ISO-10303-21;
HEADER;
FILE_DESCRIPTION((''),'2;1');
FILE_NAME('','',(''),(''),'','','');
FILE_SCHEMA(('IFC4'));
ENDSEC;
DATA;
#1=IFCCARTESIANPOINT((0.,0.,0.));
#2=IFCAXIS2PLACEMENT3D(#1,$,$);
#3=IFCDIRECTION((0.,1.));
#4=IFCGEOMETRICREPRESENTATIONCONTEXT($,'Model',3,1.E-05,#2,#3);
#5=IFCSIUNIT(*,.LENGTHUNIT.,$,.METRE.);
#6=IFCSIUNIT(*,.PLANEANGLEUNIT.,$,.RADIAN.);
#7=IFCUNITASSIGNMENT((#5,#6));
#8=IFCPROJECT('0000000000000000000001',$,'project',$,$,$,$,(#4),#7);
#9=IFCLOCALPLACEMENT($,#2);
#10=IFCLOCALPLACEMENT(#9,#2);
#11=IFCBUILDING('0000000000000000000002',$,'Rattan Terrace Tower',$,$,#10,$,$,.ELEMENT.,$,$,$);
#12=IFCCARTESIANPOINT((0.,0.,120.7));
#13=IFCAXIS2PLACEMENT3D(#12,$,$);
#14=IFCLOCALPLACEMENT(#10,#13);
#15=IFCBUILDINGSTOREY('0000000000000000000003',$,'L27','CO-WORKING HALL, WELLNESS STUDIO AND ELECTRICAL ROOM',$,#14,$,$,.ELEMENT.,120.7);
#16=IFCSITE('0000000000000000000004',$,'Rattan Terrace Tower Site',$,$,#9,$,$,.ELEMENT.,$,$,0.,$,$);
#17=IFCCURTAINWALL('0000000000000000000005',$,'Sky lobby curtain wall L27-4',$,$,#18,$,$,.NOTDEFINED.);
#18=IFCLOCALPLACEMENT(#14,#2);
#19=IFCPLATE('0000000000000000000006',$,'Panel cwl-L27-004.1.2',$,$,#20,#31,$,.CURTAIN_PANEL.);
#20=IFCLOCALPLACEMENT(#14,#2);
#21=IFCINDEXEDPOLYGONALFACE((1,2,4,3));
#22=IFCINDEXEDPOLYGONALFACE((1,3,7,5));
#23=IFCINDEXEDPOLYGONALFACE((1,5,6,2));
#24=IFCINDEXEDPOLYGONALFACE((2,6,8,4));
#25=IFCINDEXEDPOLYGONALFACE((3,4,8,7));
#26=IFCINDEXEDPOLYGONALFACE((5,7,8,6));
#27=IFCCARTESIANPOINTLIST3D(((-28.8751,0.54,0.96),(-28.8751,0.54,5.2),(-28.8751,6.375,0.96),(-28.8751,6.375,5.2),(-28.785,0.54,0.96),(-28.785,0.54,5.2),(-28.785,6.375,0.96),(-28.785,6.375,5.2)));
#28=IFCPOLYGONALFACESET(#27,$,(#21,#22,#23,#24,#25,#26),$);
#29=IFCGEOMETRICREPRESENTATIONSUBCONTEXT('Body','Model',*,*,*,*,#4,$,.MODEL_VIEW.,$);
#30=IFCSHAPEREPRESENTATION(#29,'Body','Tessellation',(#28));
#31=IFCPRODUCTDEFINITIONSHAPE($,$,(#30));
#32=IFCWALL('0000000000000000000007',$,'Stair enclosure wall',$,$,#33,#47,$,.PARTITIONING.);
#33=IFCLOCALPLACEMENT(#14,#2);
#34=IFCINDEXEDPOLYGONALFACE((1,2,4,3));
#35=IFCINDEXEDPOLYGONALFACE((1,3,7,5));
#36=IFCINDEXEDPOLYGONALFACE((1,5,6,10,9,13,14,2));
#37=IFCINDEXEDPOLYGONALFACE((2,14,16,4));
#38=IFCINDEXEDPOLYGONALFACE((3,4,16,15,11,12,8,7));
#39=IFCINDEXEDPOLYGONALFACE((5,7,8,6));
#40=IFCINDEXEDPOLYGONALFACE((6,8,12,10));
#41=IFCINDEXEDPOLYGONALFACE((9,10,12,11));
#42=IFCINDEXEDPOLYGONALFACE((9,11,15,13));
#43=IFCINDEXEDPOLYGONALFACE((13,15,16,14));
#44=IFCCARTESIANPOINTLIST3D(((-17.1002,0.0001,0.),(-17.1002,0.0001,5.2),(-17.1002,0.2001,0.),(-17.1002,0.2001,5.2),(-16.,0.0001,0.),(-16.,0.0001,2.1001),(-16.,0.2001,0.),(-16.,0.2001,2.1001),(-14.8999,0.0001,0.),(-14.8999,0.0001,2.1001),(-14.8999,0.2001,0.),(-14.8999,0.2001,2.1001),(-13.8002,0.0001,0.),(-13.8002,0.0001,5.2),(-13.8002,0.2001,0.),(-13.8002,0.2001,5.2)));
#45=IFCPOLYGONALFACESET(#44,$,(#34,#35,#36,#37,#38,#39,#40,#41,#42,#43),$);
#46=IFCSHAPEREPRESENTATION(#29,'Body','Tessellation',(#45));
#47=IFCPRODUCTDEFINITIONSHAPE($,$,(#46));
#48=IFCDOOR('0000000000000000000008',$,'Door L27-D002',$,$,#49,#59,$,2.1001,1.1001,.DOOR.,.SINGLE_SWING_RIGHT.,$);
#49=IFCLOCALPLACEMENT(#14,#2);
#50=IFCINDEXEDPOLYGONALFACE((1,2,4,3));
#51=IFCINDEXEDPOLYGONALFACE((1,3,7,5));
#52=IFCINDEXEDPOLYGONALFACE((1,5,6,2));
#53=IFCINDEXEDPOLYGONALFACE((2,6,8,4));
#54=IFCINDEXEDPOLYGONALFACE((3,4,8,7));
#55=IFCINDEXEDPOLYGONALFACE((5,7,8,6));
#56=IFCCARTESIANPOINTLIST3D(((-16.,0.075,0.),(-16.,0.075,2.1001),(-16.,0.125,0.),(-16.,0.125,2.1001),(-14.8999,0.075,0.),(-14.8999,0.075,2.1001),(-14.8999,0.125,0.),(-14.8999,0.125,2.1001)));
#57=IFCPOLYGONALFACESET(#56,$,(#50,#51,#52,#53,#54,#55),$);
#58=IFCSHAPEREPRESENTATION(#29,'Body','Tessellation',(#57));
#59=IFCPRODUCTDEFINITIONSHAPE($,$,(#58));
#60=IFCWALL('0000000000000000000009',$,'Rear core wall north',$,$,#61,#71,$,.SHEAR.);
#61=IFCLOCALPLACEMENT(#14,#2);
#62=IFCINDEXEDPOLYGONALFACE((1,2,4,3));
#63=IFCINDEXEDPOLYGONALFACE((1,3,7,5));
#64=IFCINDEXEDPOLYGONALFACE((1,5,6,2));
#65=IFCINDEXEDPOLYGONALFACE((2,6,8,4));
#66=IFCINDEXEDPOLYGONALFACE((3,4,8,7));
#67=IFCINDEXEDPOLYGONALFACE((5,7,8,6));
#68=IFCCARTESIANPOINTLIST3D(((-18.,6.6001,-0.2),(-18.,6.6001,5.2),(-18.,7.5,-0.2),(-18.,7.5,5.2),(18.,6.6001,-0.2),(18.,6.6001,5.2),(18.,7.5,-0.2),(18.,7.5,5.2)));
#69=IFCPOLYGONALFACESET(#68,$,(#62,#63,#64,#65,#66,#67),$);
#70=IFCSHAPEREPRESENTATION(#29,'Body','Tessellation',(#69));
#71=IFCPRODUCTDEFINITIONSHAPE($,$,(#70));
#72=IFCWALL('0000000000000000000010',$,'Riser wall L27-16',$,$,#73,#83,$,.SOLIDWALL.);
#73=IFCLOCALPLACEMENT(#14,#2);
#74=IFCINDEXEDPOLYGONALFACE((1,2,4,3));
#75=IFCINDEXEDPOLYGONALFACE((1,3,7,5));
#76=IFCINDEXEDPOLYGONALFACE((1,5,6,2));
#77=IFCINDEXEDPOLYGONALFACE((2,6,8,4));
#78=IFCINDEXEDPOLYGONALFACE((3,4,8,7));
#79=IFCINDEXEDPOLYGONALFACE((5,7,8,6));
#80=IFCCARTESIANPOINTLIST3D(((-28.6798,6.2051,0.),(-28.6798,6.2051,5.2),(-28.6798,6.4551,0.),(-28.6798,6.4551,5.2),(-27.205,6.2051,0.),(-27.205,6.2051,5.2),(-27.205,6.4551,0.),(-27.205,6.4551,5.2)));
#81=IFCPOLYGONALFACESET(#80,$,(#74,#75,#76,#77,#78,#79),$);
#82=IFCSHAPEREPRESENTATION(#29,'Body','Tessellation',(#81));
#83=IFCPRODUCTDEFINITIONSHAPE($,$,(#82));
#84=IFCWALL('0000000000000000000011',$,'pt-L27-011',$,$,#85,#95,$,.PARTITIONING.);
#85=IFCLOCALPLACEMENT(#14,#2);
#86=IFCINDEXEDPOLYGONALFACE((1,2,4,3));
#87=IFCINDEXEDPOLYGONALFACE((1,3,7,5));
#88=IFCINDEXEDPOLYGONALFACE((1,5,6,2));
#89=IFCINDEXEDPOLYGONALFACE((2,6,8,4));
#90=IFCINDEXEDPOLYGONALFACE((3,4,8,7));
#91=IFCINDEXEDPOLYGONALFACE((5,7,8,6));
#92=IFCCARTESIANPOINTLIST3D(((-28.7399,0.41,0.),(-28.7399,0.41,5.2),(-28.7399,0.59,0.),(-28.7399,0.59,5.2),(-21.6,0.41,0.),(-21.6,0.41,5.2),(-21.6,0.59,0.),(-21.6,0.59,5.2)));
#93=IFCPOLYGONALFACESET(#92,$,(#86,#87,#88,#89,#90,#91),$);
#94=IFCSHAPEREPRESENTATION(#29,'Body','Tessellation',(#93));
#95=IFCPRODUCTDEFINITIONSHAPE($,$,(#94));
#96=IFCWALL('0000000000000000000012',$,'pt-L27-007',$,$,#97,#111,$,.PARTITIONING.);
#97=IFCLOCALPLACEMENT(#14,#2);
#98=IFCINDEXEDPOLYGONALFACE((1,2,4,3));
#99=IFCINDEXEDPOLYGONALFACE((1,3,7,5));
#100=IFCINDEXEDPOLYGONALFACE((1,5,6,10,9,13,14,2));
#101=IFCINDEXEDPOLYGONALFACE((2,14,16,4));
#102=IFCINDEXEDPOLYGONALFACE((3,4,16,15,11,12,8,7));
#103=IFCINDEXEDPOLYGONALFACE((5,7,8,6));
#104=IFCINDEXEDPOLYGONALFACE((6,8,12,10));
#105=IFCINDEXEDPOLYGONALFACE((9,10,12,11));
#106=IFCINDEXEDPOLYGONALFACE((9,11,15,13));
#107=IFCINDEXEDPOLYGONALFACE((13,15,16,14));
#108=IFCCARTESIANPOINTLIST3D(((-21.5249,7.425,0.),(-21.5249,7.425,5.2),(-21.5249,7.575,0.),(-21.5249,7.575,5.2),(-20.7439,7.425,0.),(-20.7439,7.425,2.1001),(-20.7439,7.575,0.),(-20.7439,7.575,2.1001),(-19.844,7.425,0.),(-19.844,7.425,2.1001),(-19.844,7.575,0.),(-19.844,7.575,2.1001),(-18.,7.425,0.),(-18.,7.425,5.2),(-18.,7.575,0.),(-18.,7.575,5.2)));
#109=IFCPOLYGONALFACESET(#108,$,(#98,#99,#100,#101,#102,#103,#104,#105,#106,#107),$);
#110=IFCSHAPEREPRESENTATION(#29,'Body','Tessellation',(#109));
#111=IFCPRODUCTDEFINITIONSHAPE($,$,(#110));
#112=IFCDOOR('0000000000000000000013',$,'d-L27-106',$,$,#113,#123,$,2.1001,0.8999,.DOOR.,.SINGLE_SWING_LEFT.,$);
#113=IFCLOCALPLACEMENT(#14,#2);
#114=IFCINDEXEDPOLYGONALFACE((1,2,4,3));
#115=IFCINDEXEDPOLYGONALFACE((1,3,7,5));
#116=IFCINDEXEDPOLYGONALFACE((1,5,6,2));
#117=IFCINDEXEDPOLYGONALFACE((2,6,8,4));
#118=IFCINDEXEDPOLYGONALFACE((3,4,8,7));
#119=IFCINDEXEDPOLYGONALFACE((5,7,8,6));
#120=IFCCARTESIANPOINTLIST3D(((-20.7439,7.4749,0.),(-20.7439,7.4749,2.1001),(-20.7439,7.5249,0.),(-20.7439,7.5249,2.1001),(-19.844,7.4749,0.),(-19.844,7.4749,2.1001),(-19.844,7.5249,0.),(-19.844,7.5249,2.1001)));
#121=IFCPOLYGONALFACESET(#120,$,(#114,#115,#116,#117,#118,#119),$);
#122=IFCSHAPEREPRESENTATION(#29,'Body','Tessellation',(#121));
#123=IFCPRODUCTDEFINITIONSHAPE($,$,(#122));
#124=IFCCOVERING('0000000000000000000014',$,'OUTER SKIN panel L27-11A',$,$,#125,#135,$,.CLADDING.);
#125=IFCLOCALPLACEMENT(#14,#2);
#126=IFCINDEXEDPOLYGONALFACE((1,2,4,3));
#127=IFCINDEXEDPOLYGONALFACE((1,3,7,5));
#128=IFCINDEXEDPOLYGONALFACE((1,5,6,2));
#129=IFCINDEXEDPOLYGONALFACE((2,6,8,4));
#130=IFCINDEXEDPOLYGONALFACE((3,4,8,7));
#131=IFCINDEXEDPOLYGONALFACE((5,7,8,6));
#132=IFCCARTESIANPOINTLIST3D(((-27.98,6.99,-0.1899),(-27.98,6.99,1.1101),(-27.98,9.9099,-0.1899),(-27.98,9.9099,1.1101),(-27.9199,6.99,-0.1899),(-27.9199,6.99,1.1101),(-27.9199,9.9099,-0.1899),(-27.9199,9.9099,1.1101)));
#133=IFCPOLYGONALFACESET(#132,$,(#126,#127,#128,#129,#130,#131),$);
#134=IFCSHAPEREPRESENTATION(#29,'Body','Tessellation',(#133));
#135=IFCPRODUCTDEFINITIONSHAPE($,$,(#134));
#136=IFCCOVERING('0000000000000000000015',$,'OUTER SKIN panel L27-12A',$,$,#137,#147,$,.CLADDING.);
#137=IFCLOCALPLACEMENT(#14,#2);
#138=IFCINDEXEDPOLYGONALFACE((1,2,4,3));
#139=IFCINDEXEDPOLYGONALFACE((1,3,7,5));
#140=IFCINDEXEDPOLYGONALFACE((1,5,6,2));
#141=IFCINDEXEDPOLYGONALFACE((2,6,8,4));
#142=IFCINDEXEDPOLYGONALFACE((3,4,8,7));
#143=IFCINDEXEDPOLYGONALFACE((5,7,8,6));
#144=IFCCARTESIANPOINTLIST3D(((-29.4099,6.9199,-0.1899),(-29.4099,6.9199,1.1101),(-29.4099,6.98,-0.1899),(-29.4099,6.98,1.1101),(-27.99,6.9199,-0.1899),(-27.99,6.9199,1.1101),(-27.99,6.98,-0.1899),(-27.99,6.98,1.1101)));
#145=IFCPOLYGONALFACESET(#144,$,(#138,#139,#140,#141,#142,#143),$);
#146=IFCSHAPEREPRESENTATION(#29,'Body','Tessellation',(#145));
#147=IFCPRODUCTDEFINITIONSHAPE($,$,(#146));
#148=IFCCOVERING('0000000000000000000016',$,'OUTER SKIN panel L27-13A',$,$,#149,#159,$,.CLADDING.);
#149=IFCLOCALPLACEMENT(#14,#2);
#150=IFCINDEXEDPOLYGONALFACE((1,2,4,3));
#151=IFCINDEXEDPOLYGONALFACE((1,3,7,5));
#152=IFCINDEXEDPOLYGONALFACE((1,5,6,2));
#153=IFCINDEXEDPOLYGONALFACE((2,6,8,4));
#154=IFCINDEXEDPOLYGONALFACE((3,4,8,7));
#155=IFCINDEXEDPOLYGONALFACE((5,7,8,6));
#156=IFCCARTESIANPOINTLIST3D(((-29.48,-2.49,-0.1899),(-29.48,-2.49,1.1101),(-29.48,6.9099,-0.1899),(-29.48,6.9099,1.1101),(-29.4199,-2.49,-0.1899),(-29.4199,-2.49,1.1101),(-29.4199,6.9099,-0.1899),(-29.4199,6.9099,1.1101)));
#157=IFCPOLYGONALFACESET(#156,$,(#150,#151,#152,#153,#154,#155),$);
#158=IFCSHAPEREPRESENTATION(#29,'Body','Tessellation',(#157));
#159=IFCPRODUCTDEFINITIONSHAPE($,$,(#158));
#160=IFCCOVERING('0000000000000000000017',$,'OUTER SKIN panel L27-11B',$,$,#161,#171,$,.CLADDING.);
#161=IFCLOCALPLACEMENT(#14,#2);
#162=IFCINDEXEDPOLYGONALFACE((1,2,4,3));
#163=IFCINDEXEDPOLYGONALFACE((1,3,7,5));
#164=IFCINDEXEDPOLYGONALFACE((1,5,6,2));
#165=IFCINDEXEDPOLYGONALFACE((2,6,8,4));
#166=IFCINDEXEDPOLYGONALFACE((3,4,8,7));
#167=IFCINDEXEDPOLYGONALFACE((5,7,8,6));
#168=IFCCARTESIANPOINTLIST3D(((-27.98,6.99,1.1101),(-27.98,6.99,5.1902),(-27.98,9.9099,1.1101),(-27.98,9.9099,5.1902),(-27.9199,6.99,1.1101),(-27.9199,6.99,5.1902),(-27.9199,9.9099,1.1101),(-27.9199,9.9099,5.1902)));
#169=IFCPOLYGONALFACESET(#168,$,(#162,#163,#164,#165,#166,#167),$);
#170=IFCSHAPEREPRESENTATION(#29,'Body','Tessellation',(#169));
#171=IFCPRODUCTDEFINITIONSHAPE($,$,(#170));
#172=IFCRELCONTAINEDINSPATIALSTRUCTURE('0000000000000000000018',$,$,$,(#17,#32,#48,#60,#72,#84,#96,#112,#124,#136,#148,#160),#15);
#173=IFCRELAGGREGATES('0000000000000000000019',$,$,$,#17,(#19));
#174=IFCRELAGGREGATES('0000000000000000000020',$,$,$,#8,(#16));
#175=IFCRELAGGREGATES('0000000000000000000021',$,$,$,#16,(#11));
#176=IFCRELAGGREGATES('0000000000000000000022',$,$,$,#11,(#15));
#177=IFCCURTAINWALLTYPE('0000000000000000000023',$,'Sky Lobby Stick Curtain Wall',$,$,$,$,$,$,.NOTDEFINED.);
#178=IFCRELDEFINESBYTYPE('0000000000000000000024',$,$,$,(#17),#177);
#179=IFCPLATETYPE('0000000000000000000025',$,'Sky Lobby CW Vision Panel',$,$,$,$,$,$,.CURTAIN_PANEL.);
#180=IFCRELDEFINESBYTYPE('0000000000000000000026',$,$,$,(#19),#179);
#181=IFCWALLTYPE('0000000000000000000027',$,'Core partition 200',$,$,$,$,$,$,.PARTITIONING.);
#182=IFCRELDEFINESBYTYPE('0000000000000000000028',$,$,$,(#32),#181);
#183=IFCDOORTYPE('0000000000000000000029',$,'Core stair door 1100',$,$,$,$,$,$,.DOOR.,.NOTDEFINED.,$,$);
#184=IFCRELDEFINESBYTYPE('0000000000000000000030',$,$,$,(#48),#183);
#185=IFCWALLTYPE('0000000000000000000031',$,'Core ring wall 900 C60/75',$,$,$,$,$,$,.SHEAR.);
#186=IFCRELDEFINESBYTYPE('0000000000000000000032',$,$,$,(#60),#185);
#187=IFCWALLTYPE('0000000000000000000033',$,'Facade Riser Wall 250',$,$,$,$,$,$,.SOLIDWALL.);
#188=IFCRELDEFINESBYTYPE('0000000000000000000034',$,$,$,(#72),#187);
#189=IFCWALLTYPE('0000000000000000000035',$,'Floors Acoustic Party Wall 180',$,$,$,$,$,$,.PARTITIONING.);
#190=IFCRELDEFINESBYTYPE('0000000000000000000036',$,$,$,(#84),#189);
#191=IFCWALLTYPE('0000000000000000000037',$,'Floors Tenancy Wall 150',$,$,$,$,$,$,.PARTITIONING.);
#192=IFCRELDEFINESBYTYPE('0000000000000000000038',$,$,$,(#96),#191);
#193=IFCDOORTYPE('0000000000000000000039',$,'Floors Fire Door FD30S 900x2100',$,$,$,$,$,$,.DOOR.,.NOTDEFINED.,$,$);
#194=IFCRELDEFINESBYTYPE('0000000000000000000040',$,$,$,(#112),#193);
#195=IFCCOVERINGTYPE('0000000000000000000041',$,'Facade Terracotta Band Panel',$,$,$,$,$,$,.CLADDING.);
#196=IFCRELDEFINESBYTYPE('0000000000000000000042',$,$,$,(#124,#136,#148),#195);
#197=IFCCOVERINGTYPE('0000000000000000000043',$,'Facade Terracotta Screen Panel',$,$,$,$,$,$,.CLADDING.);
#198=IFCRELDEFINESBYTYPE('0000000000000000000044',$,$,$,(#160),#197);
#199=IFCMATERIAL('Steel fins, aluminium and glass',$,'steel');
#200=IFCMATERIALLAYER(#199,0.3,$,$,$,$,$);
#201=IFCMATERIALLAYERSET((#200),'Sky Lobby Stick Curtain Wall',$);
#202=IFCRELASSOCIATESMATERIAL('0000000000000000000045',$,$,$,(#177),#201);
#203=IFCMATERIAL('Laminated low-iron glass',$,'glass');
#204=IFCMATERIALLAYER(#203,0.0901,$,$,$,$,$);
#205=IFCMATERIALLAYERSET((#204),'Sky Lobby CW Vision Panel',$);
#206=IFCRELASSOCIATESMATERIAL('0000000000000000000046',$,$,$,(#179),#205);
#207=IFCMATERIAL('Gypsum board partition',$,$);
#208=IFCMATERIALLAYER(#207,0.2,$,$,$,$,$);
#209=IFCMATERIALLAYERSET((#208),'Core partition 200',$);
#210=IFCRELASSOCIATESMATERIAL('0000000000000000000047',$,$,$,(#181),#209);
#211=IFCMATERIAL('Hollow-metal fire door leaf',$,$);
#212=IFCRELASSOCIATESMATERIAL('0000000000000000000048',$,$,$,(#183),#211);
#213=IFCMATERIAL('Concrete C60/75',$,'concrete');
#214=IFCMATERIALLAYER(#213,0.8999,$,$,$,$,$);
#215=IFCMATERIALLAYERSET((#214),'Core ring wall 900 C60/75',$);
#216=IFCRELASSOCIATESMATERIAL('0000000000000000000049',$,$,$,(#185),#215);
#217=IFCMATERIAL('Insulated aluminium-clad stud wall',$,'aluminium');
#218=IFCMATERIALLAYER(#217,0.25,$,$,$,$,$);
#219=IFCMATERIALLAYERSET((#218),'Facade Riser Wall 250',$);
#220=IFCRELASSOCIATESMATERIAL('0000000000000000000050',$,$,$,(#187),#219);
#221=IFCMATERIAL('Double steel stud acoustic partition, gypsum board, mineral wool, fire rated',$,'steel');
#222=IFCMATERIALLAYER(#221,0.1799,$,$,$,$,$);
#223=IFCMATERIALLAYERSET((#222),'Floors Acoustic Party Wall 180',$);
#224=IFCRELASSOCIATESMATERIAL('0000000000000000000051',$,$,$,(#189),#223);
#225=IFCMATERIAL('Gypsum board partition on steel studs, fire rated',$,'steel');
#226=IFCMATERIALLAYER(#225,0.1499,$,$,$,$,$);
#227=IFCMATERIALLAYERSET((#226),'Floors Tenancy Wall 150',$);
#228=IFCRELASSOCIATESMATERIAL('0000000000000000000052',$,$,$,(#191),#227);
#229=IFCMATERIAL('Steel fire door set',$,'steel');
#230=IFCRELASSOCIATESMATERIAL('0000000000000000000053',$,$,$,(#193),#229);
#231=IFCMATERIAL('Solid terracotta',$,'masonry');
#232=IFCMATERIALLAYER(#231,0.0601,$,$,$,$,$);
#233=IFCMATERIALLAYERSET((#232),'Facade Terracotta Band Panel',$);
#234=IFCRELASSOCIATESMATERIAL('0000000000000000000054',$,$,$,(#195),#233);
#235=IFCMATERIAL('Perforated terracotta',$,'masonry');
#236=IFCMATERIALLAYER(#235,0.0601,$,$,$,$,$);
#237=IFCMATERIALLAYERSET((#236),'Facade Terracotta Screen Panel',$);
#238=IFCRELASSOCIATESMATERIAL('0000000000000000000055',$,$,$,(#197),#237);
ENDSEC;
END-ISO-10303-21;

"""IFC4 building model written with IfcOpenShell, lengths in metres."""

from ifc_helpers import new_model, si_unit, direction, frame, frame_2d, origin, origin_2d, place, context, subcontext, project, spatial, rectangle, extrude, material, layer, layer_set, type_object, element, fill, aggregate, save


model = new_model("IFC4")

# Units and contexts
model_context = context("Model", 3, precision=1e-05, world=origin(), true_north=direction((0.0, 1.0)))
body_context = subcontext(model_context, "Body", "Model", "MODEL_VIEW")
ifc_project = project(units=[si_unit("LENGTHUNIT", "METRE"), si_unit("PLANEANGLEUNIT", "RADIAN")], contexts=[model_context])

# Site, building, storey
site_placement = place(None, origin())
site = spatial("IfcSite", under=ifc_project, at=site_placement, Name="Rattan Terrace Tower Site", CompositionType="ELEMENT", RefElevation=0.0)
building_placement = place(site_placement, origin())
building = spatial("IfcBuilding", under=site, at=building_placement, Name="Rattan Terrace Tower", CompositionType="ELEMENT")
storey_placement = place(building_placement, frame((0.0, 0.0, 120.7)))
storey = spatial("IfcBuildingStorey", under=building, at=storey_placement, Name="L27", Description="CO-WORKING HALL, WELLNESS STUDIO AND ELECTRICAL ROOM", CompositionType="ELEMENT", Elevation=120.7)

# Curtain wall, plate
ifc_material_1 = material(Name="Steel fins, aluminium and glass", Category="steel")
ifc_layer_1 = layer(ifc_material_1, 0.3)
ifc_layer_set_1 = layer_set([ifc_layer_1], Name="Sky Lobby Stick Curtain Wall")
curtain_wall_type = type_object("IfcCurtainWallType", Name="Sky Lobby Stick Curtain Wall", PredefinedType="NOTDEFINED", material=ifc_layer_set_1)
curtain_wall_placement = place(storey_placement, origin())
curtain_wall = element("IfcCurtainWall", 1, at=curtain_wall_placement, inside=storey, type_object=curtain_wall_type, Name="Sky lobby curtain wall L27-4", PredefinedType="NOTDEFINED")
ifc_material_2 = material(Name="Laminated low-iron glass", Category="glass")
ifc_layer_2 = layer(ifc_material_2, 0.0901)
ifc_layer_set_2 = layer_set([ifc_layer_2], Name="Sky Lobby CW Vision Panel")
plate_type_1 = type_object("IfcPlateType", Name="Sky Lobby CW Vision Panel", PredefinedType="CURTAIN_PANEL", material=ifc_layer_set_2)
plate_1_placement = place(storey_placement, frame((-28.8301, 3.4575, 0.96), z_axis=(0.0, 0.0, 1.0), x_axis=(0.0, -1.0, 0.0)))
plate_1 = element("IfcPlate", 2, at=plate_1_placement, type_object=plate_type_1, Name="Panel cwl-L27-004.1.2", PredefinedType="CURTAIN_PANEL", context=body_context, shape_type="SweptSolid", body=[
    extrude(rectangle(XDim=5.835, YDim=0.0901, at=origin_2d()), origin(), (0.0, 0.0, 1.0), 4.24),
])
aggregate(curtain_wall, [plate_1])

# Wall, opening, door
ifc_material_3 = material(Name="Gypsum board partition")
ifc_layer_3 = layer(ifc_material_3, 0.2)
ifc_layer_set_3 = layer_set([ifc_layer_3], Name="Core partition 200")
wall_type_1 = type_object("IfcWallType", Name="Core partition 200", PredefinedType="PARTITIONING", material=ifc_layer_set_3)
wall_1_placement = place(storey_placement, frame((-17.1001, 0.1001, 0.0), z_axis=(0.0, 0.0, 1.0), x_axis=(1.0, 0.0, 0.0)))
wall_1 = element("IfcWall", 3, at=wall_1_placement, inside=storey, type_object=wall_type_1, Name="Stair enclosure wall", PredefinedType="PARTITIONING", context=body_context, shape_type="SweptSolid", body=[
    extrude(rectangle(XDim=3.3, YDim=0.2, at=frame_2d((1.6499, 0.0))), origin(), (0.0, 0.0, 1.0), 5.2),
])
opening_1_placement = place(wall_1_placement, frame((1.1001, 0.0, 0.0)))
opening_1 = element("IfcOpeningElement", 4, at=opening_1_placement, cuts=wall_1, PredefinedType="OPENING", context=body_context, shape_type="SweptSolid", body=[
    extrude(rectangle(XDim=1.1001, YDim=2.1001, at=frame_2d((0.55, 1.05))), frame((0.0, 0.1106, 0.0), z_axis=(0.0, -1.0, 0.0), x_axis=(1.0, 0.0, 0.0)), (0.0, 0.0, 1.0), 0.2209),
])
ifc_material_4 = material(Name="Hollow-metal fire door leaf")
door_type_1 = type_object("IfcDoorType", Name="Core stair door 1100", OperationType="NOTDEFINED", PredefinedType="DOOR", material=ifc_material_4)
door_1_placement = place(opening_1_placement, origin())
door_1 = element("IfcDoor", 5, at=door_1_placement, inside=storey, type_object=door_type_1, Name="Door L27-D002", OperationType="SINGLE_SWING_RIGHT", OverallHeight=2.1001, OverallWidth=1.1001, PredefinedType="DOOR", context=body_context, shape_type="SweptSolid", body=[
    extrude(rectangle(XDim=1.1001, YDim=2.1001, at=frame_2d((0.55, 1.05))), frame((0.0, 0.0249, 0.0), z_axis=(0.0, -1.0, 0.0), x_axis=(1.0, 0.0, 0.0)), (0.0, 0.0, 1.0), 0.05),
])
fill(opening_1, door_1)

# Walls
ifc_material_5 = material(Name="Concrete C60/75", Category="concrete")
ifc_layer_4 = layer(ifc_material_5, 0.8999)
ifc_layer_set_4 = layer_set([ifc_layer_4], Name="Core ring wall 900 C60/75")
wall_type_2 = type_object("IfcWallType", Name="Core ring wall 900 C60/75", PredefinedType="SHEAR", material=ifc_layer_set_4)
wall_2_placement = place(storey_placement, frame((-18.0, 7.05, -0.2), z_axis=(0.0, 0.0, 1.0), x_axis=(1.0, 0.0, 0.0)))
element("IfcWall", 6, at=wall_2_placement, inside=storey, type_object=wall_type_2, Name="Rear core wall north", PredefinedType="SHEAR", context=body_context, shape_type="SweptSolid", body=[
    extrude(rectangle(XDim=36.0, YDim=0.8999, at=frame_2d((18.0, 0.0))), origin(), (0.0, 0.0, 1.0), 5.3999),
])
ifc_material_6 = material(Name="Insulated aluminium-clad stud wall", Category="aluminium")
ifc_layer_5 = layer(ifc_material_6, 0.25)
ifc_layer_set_5 = layer_set([ifc_layer_5], Name="Facade Riser Wall 250")
wall_type_3 = type_object("IfcWallType", Name="Facade Riser Wall 250", PredefinedType="SOLIDWALL", material=ifc_layer_set_5)
wall_3_placement = place(storey_placement, frame((-27.2051, 6.3301, 0.0), z_axis=(0.0, 0.0, 1.0), x_axis=(-1.0, 0.0, 0.0)))
element("IfcWall", 7, at=wall_3_placement, inside=storey, type_object=wall_type_3, Name="Riser wall L27-16", PredefinedType="SOLIDWALL", context=body_context, shape_type="SweptSolid", body=[
    extrude(rectangle(XDim=1.4749, YDim=0.25, at=frame_2d((0.7373, 0.0))), origin(), (0.0, 0.0, 1.0), 5.2),
])
ifc_material_7 = material(Name="Double steel stud acoustic partition, gypsum board, mineral wool, fire rated", Category="steel")
ifc_layer_6 = layer(ifc_material_7, 0.1799)
ifc_layer_set_6 = layer_set([ifc_layer_6], Name="Floors Acoustic Party Wall 180")
wall_type_4 = type_object("IfcWallType", Name="Floors Acoustic Party Wall 180", PredefinedType="PARTITIONING", material=ifc_layer_set_6)
wall_4_placement = place(storey_placement, frame((-21.6001, 0.5, 0.0), z_axis=(0.0, 0.0, 1.0), x_axis=(-1.0, 0.0, 0.0)))
element("IfcWall", 8, at=wall_4_placement, inside=storey, type_object=wall_type_4, Name="pt-L27-011", PredefinedType="PARTITIONING", context=body_context, shape_type="SweptSolid", body=[
    extrude(rectangle(XDim=7.1399, YDim=0.1799, at=frame_2d((3.5698, 0.0))), origin(), (0.0, 0.0, 1.0), 5.2),
])

# Shared definitions
ifc_material_8 = material(Name="Gypsum board partition on steel studs, fire rated", Category="steel")
ifc_layer_7 = layer(ifc_material_8, 0.1499)
ifc_layer_set_7 = layer_set([ifc_layer_7], Name="Floors Tenancy Wall 150")
wall_type_5 = type_object("IfcWallType", Name="Floors Tenancy Wall 150", PredefinedType="PARTITIONING", material=ifc_layer_set_7)
ifc_material_9 = material(Name="Steel fire door set", Category="steel")
door_type_2 = type_object("IfcDoorType", Name="Floors Fire Door FD30S 900x2100", OperationType="NOTDEFINED", PredefinedType="DOOR", material=ifc_material_9)

# Wall, opening, door
wall_5_placement = place(storey_placement, frame((-21.5249, 7.5, 0.0), z_axis=(0.0, 0.0, 1.0), x_axis=(1.0, 0.0, 0.0)))
wall_5 = element("IfcWall", 9, at=wall_5_placement, inside=storey, type_object=wall_type_5, Name="pt-L27-007", PredefinedType="PARTITIONING", context=body_context, shape_type="SweptSolid", body=[
    extrude(rectangle(XDim=3.5249, YDim=0.1499, at=frame_2d((1.7625, 0.0))), origin(), (0.0, 0.0, 1.0), 5.2),
])
opening_2_placement = place(wall_5_placement, frame((0.781, 0.0, 0.0)))
opening_2 = element("IfcOpeningElement", 10, at=opening_2_placement, cuts=wall_5, PredefinedType="OPENING", context=body_context, shape_type="SweptSolid", body=[
    extrude(rectangle(XDim=0.8999, YDim=2.1001, at=frame_2d((0.45, 1.05))), frame((0.0, 0.0854, 0.0), z_axis=(0.0, -1.0, 0.0), x_axis=(1.0, 0.0, 0.0)), (0.0, 0.0, 1.0), 0.1709),
])
door_2_placement = place(opening_2_placement, origin())
door_2 = element("IfcDoor", 11, at=door_2_placement, inside=storey, type_object=door_type_2, Name="d-L27-106", OperationType="SINGLE_SWING_LEFT", OverallHeight=2.1001, OverallWidth=0.8999, PredefinedType="DOOR", context=body_context, shape_type="SweptSolid", body=[
    extrude(rectangle(XDim=0.8999, YDim=2.1001, at=frame_2d((0.45, 1.05))), frame((0.0, 0.0249, 0.0), z_axis=(0.0, -1.0, 0.0), x_axis=(1.0, 0.0, 0.0)), (0.0, 0.0, 1.0), 0.05),
])
fill(opening_2, door_2)

# Coverings
ifc_material_10 = material(Name="Solid terracotta", Category="masonry")
ifc_layer_8 = layer(ifc_material_10, 0.0601)
ifc_layer_set_8 = layer_set([ifc_layer_8], Name="Facade Terracotta Band Panel")
covering_type_1 = type_object("IfcCoveringType", Name="Facade Terracotta Band Panel", PredefinedType="CLADDING", material=ifc_layer_set_8)
covering_1_placement = place(storey_placement, frame((-27.95, 8.45, -0.1899), z_axis=(0.0, 0.0, 1.0), x_axis=(0.0, -1.0, 0.0)))
element("IfcCovering", 12, at=covering_1_placement, inside=storey, type_object=covering_type_1, Name="OUTER SKIN panel L27-11A", PredefinedType="CLADDING", context=body_context, shape_type="SweptSolid", body=[
    extrude(rectangle(XDim=2.9199, YDim=0.0601, at=origin_2d()), origin(), (0.0, 0.0, 1.0), 1.3),
])
covering_2_placement = place(storey_placement, frame((-28.7, 6.95, -0.1899), z_axis=(0.0, 0.0, 1.0), x_axis=(-1.0, 0.0, 0.0)))
element("IfcCovering", 13, at=covering_2_placement, inside=storey, type_object=covering_type_1, Name="OUTER SKIN panel L27-12A", PredefinedType="CLADDING", context=body_context, shape_type="SweptSolid", body=[
    extrude(rectangle(XDim=1.4199, YDim=0.0601, at=origin_2d()), origin(), (0.0, 0.0, 1.0), 1.3),
])
covering_3_placement = place(storey_placement, frame((-29.45, 2.21, -0.1899), z_axis=(0.0, 0.0, 1.0), x_axis=(0.0, -1.0, 0.0)))
element("IfcCovering", 14, at=covering_3_placement, inside=storey, type_object=covering_type_1, Name="OUTER SKIN panel L27-13A", PredefinedType="CLADDING", context=body_context, shape_type="SweptSolid", body=[
    extrude(rectangle(XDim=9.3999, YDim=0.0601, at=origin_2d()), origin(), (0.0, 0.0, 1.0), 1.3),
])
ifc_material_11 = material(Name="Perforated terracotta", Category="masonry")
ifc_layer_9 = layer(ifc_material_11, 0.0601)
ifc_layer_set_9 = layer_set([ifc_layer_9], Name="Facade Terracotta Screen Panel")
covering_type_2 = type_object("IfcCoveringType", Name="Facade Terracotta Screen Panel", PredefinedType="CLADDING", material=ifc_layer_set_9)
covering_4_placement = place(storey_placement, frame((-27.95, 8.45, 1.1101), z_axis=(0.0, 0.0, 1.0), x_axis=(0.0, -1.0, 0.0)))
element("IfcCovering", 15, at=covering_4_placement, inside=storey, type_object=covering_type_2, Name="OUTER SKIN panel L27-11B", PredefinedType="CLADDING", context=body_context, shape_type="SweptSolid", body=[
    extrude(rectangle(XDim=2.9199, YDim=0.0601, at=origin_2d()), origin(), (0.0, 0.0, 1.0), 4.0801),
])

save(model, "model.ifc")
